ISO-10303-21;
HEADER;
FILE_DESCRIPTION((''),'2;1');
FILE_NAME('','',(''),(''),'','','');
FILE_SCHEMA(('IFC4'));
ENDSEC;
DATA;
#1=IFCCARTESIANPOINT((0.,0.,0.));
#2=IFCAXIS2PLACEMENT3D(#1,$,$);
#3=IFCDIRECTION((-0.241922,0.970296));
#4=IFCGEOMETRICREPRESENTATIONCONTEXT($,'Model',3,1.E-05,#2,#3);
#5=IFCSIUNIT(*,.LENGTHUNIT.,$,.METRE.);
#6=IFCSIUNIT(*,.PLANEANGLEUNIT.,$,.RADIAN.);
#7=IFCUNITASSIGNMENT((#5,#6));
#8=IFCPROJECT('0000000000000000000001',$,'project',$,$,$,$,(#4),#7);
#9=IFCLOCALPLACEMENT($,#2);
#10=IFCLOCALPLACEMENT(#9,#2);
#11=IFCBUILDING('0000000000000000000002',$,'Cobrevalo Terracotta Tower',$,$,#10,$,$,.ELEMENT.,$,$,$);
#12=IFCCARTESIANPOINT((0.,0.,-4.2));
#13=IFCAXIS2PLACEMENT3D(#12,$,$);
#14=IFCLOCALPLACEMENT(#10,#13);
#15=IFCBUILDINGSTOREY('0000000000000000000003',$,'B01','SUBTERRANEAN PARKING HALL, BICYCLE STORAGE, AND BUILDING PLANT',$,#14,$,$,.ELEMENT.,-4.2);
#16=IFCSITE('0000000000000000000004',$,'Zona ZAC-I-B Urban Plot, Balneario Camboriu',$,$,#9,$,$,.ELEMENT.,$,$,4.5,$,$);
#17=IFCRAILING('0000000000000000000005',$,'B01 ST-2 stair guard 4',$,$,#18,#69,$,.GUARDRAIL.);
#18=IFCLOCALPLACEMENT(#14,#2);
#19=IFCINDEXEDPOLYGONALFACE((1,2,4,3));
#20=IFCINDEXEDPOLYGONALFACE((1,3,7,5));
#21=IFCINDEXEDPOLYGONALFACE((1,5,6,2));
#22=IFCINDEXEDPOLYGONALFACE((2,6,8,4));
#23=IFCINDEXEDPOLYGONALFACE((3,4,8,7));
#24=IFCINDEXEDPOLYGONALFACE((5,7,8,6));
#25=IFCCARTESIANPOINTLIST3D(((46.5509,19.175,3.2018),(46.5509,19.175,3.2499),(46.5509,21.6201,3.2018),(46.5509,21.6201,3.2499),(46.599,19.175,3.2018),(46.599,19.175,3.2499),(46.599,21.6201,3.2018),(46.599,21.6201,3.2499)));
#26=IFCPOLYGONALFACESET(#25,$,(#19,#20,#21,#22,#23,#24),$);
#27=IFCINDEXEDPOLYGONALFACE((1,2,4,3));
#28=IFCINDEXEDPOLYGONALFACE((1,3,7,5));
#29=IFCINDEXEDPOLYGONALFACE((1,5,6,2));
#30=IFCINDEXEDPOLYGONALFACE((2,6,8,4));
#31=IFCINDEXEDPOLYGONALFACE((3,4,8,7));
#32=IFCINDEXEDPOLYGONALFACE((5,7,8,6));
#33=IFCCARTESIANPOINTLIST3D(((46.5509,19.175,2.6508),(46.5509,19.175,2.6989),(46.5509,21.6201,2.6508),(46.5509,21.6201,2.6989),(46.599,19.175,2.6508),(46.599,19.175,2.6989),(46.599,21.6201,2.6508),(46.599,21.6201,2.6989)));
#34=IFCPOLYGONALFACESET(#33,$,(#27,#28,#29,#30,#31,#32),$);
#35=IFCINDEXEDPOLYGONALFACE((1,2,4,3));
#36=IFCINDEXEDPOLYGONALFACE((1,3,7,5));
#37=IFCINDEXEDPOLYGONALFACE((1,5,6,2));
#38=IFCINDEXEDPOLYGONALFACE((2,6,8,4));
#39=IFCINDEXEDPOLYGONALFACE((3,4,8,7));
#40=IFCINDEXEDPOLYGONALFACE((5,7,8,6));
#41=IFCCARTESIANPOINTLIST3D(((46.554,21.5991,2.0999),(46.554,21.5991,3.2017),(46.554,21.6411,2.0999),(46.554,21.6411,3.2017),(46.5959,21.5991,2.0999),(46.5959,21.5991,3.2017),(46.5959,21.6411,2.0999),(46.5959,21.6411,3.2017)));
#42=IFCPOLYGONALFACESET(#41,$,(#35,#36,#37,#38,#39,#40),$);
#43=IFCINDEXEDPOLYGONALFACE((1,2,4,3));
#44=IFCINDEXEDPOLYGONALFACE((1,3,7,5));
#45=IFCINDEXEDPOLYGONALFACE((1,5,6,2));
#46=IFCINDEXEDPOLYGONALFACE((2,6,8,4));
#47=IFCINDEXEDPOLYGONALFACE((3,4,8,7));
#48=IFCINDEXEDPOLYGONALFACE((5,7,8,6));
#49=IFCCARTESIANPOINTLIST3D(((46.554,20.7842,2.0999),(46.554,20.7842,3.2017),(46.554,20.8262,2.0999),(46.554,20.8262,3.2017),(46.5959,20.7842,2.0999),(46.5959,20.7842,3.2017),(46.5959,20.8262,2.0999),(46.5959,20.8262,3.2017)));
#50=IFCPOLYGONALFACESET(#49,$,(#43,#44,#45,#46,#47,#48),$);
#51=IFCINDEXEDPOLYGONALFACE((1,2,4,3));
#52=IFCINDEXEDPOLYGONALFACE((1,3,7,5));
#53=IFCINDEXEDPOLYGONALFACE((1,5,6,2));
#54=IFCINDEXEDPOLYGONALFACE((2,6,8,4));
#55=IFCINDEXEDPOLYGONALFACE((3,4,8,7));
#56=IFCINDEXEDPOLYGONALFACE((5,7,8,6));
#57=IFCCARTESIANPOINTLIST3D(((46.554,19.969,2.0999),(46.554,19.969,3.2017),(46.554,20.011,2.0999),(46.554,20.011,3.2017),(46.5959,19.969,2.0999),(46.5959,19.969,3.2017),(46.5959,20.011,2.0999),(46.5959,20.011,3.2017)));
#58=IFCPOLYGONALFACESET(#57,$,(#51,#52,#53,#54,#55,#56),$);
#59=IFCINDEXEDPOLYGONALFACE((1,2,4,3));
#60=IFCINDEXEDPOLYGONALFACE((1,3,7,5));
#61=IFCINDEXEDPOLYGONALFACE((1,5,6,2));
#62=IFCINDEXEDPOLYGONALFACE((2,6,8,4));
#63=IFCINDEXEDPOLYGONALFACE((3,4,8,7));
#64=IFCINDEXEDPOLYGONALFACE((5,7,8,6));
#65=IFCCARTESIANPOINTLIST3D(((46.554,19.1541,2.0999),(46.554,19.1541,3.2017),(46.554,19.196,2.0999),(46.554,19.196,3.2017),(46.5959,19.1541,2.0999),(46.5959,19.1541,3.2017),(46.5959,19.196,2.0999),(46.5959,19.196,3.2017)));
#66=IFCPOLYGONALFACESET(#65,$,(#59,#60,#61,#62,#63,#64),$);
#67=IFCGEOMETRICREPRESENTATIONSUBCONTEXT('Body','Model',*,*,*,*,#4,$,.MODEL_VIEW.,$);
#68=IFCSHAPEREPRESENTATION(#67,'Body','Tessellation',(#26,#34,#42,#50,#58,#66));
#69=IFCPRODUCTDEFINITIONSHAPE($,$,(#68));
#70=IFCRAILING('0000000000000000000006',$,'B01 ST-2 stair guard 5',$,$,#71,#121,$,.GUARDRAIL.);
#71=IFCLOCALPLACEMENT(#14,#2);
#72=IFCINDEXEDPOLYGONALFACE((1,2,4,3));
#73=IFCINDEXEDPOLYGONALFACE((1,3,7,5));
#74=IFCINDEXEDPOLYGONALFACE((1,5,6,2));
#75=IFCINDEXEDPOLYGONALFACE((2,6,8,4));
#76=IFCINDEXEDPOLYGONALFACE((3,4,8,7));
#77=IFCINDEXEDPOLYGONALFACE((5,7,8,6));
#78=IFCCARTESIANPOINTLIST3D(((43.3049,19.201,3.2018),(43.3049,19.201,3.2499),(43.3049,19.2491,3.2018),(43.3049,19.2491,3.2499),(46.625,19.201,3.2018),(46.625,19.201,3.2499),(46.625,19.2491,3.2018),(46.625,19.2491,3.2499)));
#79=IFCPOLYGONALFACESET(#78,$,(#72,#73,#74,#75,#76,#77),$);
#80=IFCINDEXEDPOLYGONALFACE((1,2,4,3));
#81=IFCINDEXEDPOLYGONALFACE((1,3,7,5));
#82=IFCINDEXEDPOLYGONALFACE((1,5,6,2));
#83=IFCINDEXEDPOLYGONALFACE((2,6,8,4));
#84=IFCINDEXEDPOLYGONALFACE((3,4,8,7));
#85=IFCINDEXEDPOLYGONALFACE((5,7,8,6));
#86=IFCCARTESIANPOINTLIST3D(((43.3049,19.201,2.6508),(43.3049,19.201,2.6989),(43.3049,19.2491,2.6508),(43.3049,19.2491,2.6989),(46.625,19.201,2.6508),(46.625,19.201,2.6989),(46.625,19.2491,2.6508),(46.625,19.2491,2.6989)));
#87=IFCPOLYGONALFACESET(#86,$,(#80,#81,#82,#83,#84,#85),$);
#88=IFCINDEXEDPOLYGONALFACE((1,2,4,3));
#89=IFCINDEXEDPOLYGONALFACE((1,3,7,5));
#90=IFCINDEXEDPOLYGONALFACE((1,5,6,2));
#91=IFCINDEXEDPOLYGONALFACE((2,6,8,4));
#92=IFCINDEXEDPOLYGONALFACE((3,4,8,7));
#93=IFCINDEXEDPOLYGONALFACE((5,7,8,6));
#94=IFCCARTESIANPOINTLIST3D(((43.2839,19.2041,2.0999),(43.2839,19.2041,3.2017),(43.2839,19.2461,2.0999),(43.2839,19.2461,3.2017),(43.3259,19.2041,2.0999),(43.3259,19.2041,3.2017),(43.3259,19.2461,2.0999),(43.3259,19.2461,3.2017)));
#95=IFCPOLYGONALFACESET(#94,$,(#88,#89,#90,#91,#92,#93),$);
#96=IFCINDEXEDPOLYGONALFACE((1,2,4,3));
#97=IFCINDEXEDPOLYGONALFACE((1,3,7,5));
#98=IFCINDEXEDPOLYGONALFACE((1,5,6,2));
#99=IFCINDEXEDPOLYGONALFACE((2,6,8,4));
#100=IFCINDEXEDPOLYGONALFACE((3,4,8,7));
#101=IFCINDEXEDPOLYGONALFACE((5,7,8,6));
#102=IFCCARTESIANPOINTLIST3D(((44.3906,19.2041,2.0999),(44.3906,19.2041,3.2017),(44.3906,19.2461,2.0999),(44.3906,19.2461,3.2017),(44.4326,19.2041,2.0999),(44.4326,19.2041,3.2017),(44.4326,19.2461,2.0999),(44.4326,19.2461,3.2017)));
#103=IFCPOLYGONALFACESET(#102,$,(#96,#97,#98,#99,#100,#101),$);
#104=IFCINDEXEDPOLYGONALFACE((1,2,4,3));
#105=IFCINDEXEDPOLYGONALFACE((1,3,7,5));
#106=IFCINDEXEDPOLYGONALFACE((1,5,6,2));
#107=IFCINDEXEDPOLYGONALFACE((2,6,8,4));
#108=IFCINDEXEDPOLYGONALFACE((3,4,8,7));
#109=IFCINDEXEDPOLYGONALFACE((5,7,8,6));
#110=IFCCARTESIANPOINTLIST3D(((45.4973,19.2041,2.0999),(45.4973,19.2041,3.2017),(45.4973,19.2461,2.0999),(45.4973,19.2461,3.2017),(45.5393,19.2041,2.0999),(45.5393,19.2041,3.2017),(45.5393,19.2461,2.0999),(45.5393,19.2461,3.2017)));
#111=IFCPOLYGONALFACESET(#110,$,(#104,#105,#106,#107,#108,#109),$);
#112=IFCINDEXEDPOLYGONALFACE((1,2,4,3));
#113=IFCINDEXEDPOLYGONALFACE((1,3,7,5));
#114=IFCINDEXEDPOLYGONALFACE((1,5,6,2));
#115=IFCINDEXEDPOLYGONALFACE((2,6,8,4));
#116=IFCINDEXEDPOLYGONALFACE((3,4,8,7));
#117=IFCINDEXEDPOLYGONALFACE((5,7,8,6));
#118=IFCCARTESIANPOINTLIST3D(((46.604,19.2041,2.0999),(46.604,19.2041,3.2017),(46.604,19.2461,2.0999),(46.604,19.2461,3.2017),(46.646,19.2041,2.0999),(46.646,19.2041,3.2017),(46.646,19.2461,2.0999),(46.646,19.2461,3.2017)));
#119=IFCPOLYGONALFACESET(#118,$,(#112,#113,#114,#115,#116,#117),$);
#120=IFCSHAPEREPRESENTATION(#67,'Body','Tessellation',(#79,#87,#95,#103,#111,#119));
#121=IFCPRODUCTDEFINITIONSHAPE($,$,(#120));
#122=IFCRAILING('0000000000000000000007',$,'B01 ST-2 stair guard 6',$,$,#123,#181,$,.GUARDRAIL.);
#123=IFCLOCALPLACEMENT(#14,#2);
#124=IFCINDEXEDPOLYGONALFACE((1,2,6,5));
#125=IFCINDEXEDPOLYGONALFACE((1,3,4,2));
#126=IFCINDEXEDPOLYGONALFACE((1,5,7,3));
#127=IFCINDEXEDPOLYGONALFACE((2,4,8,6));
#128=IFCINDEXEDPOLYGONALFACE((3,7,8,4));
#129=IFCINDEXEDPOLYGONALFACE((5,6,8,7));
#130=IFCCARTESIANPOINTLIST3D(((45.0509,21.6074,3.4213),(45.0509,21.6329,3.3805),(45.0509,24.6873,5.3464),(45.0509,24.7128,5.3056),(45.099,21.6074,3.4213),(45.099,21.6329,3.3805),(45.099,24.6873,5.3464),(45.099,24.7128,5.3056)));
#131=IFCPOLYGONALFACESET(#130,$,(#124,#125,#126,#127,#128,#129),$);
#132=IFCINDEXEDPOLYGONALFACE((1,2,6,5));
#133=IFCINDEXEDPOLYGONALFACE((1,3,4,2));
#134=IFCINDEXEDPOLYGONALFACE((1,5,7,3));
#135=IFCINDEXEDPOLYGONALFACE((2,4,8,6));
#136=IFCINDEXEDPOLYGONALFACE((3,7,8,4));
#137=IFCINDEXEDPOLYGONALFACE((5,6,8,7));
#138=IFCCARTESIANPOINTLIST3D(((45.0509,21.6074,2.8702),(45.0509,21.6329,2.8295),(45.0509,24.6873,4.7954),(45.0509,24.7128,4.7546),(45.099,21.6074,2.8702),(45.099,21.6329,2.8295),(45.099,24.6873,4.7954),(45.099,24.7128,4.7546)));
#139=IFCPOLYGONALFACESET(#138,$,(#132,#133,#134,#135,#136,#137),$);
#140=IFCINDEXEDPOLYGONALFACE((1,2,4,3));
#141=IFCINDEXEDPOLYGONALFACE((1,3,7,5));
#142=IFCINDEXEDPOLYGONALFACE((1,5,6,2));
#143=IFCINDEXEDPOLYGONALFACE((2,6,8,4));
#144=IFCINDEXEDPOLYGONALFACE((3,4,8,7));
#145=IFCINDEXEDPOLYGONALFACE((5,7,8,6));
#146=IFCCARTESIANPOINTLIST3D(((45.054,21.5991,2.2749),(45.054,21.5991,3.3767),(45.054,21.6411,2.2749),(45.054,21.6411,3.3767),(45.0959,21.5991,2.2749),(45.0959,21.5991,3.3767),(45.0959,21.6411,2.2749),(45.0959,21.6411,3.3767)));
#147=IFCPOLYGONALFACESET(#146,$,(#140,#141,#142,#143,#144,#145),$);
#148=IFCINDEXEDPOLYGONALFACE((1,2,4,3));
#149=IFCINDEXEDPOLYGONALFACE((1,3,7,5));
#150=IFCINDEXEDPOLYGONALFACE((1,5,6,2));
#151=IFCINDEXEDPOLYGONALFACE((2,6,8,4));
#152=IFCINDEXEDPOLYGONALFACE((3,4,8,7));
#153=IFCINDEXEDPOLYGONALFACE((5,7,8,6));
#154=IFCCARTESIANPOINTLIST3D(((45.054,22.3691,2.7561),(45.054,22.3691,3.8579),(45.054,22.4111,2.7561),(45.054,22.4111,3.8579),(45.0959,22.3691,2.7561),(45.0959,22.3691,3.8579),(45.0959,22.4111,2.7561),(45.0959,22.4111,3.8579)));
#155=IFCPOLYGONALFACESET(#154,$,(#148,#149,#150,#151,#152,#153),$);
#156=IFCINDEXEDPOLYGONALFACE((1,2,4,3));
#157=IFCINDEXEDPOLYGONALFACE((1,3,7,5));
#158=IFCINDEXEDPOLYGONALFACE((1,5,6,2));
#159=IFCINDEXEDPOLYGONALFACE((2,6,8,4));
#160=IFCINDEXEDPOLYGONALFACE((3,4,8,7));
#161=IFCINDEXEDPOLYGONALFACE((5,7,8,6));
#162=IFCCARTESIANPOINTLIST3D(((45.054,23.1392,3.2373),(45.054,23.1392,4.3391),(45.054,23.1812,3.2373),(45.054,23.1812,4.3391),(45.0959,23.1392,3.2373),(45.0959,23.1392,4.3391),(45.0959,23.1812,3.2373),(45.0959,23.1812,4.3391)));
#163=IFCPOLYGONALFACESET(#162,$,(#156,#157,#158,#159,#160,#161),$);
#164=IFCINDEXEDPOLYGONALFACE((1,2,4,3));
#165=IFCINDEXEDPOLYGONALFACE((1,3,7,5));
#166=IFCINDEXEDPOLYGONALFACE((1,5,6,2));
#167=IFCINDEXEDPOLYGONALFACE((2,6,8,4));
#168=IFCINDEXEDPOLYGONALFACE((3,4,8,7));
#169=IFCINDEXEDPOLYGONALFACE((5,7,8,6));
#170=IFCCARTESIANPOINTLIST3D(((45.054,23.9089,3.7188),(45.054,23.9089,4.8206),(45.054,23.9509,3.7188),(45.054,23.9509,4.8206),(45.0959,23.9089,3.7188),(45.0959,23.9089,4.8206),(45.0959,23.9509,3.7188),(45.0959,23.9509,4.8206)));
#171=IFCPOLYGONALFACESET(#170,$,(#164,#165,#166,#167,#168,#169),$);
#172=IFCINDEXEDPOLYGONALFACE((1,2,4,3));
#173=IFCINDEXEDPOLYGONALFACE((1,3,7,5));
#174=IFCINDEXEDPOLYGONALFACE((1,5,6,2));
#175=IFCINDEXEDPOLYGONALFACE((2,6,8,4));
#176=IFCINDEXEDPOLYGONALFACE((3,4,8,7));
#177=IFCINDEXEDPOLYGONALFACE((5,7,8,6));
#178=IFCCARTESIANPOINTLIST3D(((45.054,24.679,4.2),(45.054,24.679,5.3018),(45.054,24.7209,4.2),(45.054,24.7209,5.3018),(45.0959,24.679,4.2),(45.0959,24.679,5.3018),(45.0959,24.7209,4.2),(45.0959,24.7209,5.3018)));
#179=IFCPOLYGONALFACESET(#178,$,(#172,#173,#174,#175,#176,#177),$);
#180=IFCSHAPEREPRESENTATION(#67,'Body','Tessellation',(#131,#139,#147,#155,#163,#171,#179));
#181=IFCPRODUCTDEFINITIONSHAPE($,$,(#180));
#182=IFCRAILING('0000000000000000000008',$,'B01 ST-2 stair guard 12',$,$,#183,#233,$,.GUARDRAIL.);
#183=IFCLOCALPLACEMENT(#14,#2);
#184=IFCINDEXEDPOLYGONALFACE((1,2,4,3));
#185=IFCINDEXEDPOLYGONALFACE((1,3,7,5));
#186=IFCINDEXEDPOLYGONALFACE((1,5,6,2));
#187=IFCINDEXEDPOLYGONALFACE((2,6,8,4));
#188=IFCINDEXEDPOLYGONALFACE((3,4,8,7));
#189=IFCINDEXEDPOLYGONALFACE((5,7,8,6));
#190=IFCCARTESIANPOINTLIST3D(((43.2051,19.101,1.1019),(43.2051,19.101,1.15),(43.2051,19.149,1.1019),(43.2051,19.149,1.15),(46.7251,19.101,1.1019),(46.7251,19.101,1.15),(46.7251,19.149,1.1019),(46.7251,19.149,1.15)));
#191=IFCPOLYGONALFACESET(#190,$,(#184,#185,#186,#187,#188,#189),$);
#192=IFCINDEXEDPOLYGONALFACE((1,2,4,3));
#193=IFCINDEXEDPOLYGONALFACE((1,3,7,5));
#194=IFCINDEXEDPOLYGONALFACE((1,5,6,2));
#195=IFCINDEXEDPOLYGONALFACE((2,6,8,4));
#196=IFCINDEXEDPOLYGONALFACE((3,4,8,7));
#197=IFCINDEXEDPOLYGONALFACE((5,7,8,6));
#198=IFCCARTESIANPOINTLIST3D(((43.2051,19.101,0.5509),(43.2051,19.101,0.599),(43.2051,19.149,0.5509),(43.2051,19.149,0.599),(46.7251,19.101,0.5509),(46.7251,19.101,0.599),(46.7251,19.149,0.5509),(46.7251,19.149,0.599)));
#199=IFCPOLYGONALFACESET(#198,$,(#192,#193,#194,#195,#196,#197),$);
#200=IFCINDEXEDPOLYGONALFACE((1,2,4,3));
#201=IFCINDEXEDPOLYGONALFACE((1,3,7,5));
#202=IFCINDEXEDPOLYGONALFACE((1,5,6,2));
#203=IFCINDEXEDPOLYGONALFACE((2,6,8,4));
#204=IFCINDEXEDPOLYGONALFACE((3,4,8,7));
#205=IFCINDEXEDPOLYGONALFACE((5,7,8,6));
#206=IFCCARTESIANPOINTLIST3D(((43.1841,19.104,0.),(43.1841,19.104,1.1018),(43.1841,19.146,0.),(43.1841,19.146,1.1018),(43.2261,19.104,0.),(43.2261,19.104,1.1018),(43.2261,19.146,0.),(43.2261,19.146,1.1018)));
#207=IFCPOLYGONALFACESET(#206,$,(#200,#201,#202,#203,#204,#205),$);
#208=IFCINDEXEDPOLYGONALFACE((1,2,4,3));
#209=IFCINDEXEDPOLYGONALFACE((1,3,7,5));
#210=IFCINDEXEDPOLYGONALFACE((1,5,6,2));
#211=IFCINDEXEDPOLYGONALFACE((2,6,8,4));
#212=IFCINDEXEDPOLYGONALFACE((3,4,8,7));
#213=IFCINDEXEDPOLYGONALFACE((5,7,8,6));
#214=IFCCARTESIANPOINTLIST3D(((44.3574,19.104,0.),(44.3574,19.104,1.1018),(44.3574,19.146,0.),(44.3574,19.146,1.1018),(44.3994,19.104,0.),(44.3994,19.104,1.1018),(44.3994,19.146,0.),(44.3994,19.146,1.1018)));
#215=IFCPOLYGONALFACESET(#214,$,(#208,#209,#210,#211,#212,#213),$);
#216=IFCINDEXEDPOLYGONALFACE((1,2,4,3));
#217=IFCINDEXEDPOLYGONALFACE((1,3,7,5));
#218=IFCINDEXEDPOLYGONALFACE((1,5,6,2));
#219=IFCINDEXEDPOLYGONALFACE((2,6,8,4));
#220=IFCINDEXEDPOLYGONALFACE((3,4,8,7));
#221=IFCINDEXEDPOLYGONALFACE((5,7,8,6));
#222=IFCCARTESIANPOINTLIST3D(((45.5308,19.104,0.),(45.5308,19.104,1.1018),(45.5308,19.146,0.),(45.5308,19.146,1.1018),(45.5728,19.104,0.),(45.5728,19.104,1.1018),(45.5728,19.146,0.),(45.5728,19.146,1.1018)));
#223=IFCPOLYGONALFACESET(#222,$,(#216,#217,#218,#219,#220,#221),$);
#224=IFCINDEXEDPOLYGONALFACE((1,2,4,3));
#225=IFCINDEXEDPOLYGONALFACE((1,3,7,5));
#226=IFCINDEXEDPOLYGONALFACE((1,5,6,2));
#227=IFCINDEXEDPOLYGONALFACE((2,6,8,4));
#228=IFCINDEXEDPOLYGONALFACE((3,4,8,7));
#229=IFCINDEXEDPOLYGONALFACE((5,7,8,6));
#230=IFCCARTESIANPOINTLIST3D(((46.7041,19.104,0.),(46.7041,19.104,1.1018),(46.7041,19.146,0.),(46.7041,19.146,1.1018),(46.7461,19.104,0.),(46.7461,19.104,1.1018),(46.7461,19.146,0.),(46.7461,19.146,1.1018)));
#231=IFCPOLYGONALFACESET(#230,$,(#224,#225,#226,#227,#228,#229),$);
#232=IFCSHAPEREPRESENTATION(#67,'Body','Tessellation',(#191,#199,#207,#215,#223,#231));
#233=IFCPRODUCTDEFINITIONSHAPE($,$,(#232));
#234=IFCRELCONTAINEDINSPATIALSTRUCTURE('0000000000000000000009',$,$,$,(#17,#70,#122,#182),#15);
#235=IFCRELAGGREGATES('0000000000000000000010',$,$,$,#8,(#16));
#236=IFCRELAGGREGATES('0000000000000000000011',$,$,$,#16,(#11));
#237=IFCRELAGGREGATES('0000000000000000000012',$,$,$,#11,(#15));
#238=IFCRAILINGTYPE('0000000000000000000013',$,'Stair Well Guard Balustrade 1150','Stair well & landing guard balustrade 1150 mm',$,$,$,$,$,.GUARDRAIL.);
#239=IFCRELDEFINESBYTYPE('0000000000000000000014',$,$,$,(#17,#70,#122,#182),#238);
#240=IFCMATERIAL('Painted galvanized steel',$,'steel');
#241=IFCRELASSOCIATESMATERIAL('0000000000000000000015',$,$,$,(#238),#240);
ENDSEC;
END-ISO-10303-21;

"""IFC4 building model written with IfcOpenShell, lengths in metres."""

from ifc_helpers import new_model, si_unit, direction, frame, origin, origin_2d, place, context, subcontext, project, spatial, rectangle, extrude, material, type_object, element, save


model = new_model("IFC4")

# Units and contexts
model_context = context("Model", 3, precision=1e-05, world=origin(), true_north=direction((-0.241922, 0.970296)))
body_context = subcontext(model_context, "Body", "Model", "MODEL_VIEW")
ifc_project = project(units=[si_unit("LENGTHUNIT", "METRE"), si_unit("PLANEANGLEUNIT", "RADIAN")], contexts=[model_context])

# Site, building, storey
site_placement = place(None, origin())
site = spatial("IfcSite", under=ifc_project, at=site_placement, Name="Zona ZAC-I-B Urban Plot, Balneario Camboriu", CompositionType="ELEMENT", RefElevation=4.5)
building_placement = place(site_placement, origin())
building = spatial("IfcBuilding", under=site, at=building_placement, Name="Cobrevalo Terracotta Tower", CompositionType="ELEMENT")
storey_placement = place(building_placement, frame((0.0, 0.0, -4.2)))
storey = spatial("IfcBuildingStorey", under=building, at=storey_placement, Name="B01", Description="SUBTERRANEAN PARKING HALL, BICYCLE STORAGE, AND BUILDING PLANT", CompositionType="ELEMENT", Elevation=-4.2)

# Railings
ifc_material_1 = material(Name="Painted galvanized steel", Category="steel")
railing_type_1 = type_object("IfcRailingType", Name="Stair Well Guard Balustrade 1150", Description="Stair well & landing guard balustrade 1150 mm", PredefinedType="GUARDRAIL", material=ifc_material_1)
for number, where, name in (
    (1, (46.575, 21.6201, 2.0999), "B01 ST-2 stair guard 4"),
):
    element("IfcRailing", number, at=place(storey_placement, frame(where)), inside=storey, type_object=railing_type_1, Name=name, PredefinedType="GUARDRAIL", context=body_context, shape_type="SweptSolid", body=[
        extrude(rectangle(XDim=0.0481, YDim=0.0481, at=origin_2d()), frame((0.0, 0.0, 1.126), z_axis=(0.0, -1.0, 0.0), x_axis=(1.0, 0.0, 0.0)), (0.0, 0.0, 1.0), 2.4451),
        extrude(rectangle(XDim=0.0481, YDim=0.0481, at=origin_2d()), frame((0.0, 0.0, 0.575), z_axis=(0.0, -1.0, 0.0), x_axis=(1.0, 0.0, 0.0)), (0.0, 0.0, 1.0), 2.4451),
        extrude(rectangle(XDim=0.042, YDim=0.042, at=origin_2d()), origin(), (0.0, 0.0, 1.0), 1.1018),
        extrude(rectangle(XDim=0.042, YDim=0.042, at=origin_2d()), frame((0.0, -0.8149, 0.0)), (0.0, 0.0, 1.0), 1.1018),
        extrude(rectangle(XDim=0.042, YDim=0.042, at=origin_2d()), frame((0.0, -1.6301, 0.0)), (0.0, 0.0, 1.0), 1.1018),
        extrude(rectangle(XDim=0.042, YDim=0.042, at=origin_2d()), frame((0.0, -2.4451, 0.0)), (0.0, 0.0, 1.0), 1.1018),
    ])
railing_1_placement = place(storey_placement, frame((43.3049, 19.2251, 2.0999)))
element("IfcRailing", 2, at=railing_1_placement, inside=storey, type_object=railing_type_1, Name="B01 ST-2 stair guard 5", PredefinedType="GUARDRAIL", context=body_context, shape_type="SweptSolid", body=[
    extrude(rectangle(XDim=0.0481, YDim=0.0481, at=origin_2d()), frame((0.0, 0.0, 1.126), z_axis=(1.0, 0.0, 0.0), x_axis=(0.0, 1.0, 0.0)), (0.0, 0.0, 1.0), 3.3201),
    extrude(rectangle(XDim=0.0481, YDim=0.0481, at=origin_2d()), frame((0.0, 0.0, 0.575), z_axis=(1.0, 0.0, 0.0), x_axis=(0.0, 1.0, 0.0)), (0.0, 0.0, 1.0), 3.3201),
    extrude(rectangle(XDim=0.042, YDim=0.042, at=origin_2d()), origin(), (0.0, 0.0, 1.0), 1.1018),
    extrude(rectangle(XDim=0.042, YDim=0.042, at=origin_2d()), frame((1.1067, 0.0, 0.0)), (0.0, 0.0, 1.0), 1.1018),
    extrude(rectangle(XDim=0.042, YDim=0.042, at=origin_2d()), frame((2.2134, 0.0, 0.0)), (0.0, 0.0, 1.0), 1.1018),
    extrude(rectangle(XDim=0.042, YDim=0.042, at=origin_2d()), frame((3.3201, 0.0, 0.0)), (0.0, 0.0, 1.0), 1.1018),
])
railing_2_placement = place(storey_placement, frame((45.075, 21.6201, 2.2749)))
element("IfcRailing", 3, at=railing_2_placement, inside=storey, type_object=railing_type_1, Name="B01 ST-2 stair guard 6", PredefinedType="GUARDRAIL", context=body_context, shape_type="SweptSolid", body=[
    extrude(rectangle(XDim=0.0481, YDim=0.0481, at=origin_2d()), frame((0.0, 0.0, 1.126), z_axis=(0.0, 0.847979, 0.530029), x_axis=(-1.0, 0.0, 0.0)), (0.0, 0.0, 1.0), 3.6321),
    extrude(rectangle(XDim=0.0481, YDim=0.0481, at=origin_2d()), frame((0.0, 0.0, 0.575), z_axis=(0.0, 0.847979, 0.530029), x_axis=(-1.0, 0.0, 0.0)), (0.0, 0.0, 1.0), 3.6321),
    extrude(rectangle(XDim=0.042, YDim=0.042, at=origin_2d()), origin(), (0.0, 0.0, 1.0), 1.1018),
    extrude(rectangle(XDim=0.042, YDim=0.042, at=origin_2d()), frame((0.0, 0.77, 0.4812)), (0.0, 0.0, 1.0), 1.1018),
    extrude(rectangle(XDim=0.042, YDim=0.042, at=origin_2d()), frame((0.0, 1.54, 0.9624)), (0.0, 0.0, 1.0), 1.1018),
    extrude(rectangle(XDim=0.042, YDim=0.042, at=origin_2d()), frame((0.0, 2.3098, 1.4438)), (0.0, 0.0, 1.0), 1.1018),
    extrude(rectangle(XDim=0.042, YDim=0.042, at=origin_2d()), frame((0.0, 3.0798, 1.925)), (0.0, 0.0, 1.0), 1.1018),
])
railing_3_placement = place(storey_placement, frame((43.2051, 19.125, 0.0)))
element("IfcRailing", 4, at=railing_3_placement, inside=storey, type_object=railing_type_1, Name="B01 ST-2 stair guard 12", PredefinedType="GUARDRAIL", context=body_context, shape_type="SweptSolid", body=[
    extrude(rectangle(XDim=0.0481, YDim=0.0481, at=origin_2d()), frame((0.0, 0.0, 1.126), z_axis=(1.0, 0.0, 0.0), x_axis=(0.0, 1.0, 0.0)), (0.0, 0.0, 1.0), 3.52),
    extrude(rectangle(XDim=0.0481, YDim=0.0481, at=origin_2d()), frame((0.0, 0.0, 0.575), z_axis=(1.0, 0.0, 0.0), x_axis=(0.0, 1.0, 0.0)), (0.0, 0.0, 1.0), 3.52),
    extrude(rectangle(XDim=0.042, YDim=0.042, at=origin_2d()), origin(), (0.0, 0.0, 1.0), 1.1018),
    extrude(rectangle(XDim=0.042, YDim=0.042, at=origin_2d()), frame((1.1733, 0.0, 0.0)), (0.0, 0.0, 1.0), 1.1018),
    extrude(rectangle(XDim=0.042, YDim=0.042, at=origin_2d()), frame((2.3467, 0.0, 0.0)), (0.0, 0.0, 1.0), 1.1018),
    extrude(rectangle(XDim=0.042, YDim=0.042, at=origin_2d()), frame((3.52, 0.0, 0.0)), (0.0, 0.0, 1.0), 1.1018),
])

save(model, "model.ifc")
